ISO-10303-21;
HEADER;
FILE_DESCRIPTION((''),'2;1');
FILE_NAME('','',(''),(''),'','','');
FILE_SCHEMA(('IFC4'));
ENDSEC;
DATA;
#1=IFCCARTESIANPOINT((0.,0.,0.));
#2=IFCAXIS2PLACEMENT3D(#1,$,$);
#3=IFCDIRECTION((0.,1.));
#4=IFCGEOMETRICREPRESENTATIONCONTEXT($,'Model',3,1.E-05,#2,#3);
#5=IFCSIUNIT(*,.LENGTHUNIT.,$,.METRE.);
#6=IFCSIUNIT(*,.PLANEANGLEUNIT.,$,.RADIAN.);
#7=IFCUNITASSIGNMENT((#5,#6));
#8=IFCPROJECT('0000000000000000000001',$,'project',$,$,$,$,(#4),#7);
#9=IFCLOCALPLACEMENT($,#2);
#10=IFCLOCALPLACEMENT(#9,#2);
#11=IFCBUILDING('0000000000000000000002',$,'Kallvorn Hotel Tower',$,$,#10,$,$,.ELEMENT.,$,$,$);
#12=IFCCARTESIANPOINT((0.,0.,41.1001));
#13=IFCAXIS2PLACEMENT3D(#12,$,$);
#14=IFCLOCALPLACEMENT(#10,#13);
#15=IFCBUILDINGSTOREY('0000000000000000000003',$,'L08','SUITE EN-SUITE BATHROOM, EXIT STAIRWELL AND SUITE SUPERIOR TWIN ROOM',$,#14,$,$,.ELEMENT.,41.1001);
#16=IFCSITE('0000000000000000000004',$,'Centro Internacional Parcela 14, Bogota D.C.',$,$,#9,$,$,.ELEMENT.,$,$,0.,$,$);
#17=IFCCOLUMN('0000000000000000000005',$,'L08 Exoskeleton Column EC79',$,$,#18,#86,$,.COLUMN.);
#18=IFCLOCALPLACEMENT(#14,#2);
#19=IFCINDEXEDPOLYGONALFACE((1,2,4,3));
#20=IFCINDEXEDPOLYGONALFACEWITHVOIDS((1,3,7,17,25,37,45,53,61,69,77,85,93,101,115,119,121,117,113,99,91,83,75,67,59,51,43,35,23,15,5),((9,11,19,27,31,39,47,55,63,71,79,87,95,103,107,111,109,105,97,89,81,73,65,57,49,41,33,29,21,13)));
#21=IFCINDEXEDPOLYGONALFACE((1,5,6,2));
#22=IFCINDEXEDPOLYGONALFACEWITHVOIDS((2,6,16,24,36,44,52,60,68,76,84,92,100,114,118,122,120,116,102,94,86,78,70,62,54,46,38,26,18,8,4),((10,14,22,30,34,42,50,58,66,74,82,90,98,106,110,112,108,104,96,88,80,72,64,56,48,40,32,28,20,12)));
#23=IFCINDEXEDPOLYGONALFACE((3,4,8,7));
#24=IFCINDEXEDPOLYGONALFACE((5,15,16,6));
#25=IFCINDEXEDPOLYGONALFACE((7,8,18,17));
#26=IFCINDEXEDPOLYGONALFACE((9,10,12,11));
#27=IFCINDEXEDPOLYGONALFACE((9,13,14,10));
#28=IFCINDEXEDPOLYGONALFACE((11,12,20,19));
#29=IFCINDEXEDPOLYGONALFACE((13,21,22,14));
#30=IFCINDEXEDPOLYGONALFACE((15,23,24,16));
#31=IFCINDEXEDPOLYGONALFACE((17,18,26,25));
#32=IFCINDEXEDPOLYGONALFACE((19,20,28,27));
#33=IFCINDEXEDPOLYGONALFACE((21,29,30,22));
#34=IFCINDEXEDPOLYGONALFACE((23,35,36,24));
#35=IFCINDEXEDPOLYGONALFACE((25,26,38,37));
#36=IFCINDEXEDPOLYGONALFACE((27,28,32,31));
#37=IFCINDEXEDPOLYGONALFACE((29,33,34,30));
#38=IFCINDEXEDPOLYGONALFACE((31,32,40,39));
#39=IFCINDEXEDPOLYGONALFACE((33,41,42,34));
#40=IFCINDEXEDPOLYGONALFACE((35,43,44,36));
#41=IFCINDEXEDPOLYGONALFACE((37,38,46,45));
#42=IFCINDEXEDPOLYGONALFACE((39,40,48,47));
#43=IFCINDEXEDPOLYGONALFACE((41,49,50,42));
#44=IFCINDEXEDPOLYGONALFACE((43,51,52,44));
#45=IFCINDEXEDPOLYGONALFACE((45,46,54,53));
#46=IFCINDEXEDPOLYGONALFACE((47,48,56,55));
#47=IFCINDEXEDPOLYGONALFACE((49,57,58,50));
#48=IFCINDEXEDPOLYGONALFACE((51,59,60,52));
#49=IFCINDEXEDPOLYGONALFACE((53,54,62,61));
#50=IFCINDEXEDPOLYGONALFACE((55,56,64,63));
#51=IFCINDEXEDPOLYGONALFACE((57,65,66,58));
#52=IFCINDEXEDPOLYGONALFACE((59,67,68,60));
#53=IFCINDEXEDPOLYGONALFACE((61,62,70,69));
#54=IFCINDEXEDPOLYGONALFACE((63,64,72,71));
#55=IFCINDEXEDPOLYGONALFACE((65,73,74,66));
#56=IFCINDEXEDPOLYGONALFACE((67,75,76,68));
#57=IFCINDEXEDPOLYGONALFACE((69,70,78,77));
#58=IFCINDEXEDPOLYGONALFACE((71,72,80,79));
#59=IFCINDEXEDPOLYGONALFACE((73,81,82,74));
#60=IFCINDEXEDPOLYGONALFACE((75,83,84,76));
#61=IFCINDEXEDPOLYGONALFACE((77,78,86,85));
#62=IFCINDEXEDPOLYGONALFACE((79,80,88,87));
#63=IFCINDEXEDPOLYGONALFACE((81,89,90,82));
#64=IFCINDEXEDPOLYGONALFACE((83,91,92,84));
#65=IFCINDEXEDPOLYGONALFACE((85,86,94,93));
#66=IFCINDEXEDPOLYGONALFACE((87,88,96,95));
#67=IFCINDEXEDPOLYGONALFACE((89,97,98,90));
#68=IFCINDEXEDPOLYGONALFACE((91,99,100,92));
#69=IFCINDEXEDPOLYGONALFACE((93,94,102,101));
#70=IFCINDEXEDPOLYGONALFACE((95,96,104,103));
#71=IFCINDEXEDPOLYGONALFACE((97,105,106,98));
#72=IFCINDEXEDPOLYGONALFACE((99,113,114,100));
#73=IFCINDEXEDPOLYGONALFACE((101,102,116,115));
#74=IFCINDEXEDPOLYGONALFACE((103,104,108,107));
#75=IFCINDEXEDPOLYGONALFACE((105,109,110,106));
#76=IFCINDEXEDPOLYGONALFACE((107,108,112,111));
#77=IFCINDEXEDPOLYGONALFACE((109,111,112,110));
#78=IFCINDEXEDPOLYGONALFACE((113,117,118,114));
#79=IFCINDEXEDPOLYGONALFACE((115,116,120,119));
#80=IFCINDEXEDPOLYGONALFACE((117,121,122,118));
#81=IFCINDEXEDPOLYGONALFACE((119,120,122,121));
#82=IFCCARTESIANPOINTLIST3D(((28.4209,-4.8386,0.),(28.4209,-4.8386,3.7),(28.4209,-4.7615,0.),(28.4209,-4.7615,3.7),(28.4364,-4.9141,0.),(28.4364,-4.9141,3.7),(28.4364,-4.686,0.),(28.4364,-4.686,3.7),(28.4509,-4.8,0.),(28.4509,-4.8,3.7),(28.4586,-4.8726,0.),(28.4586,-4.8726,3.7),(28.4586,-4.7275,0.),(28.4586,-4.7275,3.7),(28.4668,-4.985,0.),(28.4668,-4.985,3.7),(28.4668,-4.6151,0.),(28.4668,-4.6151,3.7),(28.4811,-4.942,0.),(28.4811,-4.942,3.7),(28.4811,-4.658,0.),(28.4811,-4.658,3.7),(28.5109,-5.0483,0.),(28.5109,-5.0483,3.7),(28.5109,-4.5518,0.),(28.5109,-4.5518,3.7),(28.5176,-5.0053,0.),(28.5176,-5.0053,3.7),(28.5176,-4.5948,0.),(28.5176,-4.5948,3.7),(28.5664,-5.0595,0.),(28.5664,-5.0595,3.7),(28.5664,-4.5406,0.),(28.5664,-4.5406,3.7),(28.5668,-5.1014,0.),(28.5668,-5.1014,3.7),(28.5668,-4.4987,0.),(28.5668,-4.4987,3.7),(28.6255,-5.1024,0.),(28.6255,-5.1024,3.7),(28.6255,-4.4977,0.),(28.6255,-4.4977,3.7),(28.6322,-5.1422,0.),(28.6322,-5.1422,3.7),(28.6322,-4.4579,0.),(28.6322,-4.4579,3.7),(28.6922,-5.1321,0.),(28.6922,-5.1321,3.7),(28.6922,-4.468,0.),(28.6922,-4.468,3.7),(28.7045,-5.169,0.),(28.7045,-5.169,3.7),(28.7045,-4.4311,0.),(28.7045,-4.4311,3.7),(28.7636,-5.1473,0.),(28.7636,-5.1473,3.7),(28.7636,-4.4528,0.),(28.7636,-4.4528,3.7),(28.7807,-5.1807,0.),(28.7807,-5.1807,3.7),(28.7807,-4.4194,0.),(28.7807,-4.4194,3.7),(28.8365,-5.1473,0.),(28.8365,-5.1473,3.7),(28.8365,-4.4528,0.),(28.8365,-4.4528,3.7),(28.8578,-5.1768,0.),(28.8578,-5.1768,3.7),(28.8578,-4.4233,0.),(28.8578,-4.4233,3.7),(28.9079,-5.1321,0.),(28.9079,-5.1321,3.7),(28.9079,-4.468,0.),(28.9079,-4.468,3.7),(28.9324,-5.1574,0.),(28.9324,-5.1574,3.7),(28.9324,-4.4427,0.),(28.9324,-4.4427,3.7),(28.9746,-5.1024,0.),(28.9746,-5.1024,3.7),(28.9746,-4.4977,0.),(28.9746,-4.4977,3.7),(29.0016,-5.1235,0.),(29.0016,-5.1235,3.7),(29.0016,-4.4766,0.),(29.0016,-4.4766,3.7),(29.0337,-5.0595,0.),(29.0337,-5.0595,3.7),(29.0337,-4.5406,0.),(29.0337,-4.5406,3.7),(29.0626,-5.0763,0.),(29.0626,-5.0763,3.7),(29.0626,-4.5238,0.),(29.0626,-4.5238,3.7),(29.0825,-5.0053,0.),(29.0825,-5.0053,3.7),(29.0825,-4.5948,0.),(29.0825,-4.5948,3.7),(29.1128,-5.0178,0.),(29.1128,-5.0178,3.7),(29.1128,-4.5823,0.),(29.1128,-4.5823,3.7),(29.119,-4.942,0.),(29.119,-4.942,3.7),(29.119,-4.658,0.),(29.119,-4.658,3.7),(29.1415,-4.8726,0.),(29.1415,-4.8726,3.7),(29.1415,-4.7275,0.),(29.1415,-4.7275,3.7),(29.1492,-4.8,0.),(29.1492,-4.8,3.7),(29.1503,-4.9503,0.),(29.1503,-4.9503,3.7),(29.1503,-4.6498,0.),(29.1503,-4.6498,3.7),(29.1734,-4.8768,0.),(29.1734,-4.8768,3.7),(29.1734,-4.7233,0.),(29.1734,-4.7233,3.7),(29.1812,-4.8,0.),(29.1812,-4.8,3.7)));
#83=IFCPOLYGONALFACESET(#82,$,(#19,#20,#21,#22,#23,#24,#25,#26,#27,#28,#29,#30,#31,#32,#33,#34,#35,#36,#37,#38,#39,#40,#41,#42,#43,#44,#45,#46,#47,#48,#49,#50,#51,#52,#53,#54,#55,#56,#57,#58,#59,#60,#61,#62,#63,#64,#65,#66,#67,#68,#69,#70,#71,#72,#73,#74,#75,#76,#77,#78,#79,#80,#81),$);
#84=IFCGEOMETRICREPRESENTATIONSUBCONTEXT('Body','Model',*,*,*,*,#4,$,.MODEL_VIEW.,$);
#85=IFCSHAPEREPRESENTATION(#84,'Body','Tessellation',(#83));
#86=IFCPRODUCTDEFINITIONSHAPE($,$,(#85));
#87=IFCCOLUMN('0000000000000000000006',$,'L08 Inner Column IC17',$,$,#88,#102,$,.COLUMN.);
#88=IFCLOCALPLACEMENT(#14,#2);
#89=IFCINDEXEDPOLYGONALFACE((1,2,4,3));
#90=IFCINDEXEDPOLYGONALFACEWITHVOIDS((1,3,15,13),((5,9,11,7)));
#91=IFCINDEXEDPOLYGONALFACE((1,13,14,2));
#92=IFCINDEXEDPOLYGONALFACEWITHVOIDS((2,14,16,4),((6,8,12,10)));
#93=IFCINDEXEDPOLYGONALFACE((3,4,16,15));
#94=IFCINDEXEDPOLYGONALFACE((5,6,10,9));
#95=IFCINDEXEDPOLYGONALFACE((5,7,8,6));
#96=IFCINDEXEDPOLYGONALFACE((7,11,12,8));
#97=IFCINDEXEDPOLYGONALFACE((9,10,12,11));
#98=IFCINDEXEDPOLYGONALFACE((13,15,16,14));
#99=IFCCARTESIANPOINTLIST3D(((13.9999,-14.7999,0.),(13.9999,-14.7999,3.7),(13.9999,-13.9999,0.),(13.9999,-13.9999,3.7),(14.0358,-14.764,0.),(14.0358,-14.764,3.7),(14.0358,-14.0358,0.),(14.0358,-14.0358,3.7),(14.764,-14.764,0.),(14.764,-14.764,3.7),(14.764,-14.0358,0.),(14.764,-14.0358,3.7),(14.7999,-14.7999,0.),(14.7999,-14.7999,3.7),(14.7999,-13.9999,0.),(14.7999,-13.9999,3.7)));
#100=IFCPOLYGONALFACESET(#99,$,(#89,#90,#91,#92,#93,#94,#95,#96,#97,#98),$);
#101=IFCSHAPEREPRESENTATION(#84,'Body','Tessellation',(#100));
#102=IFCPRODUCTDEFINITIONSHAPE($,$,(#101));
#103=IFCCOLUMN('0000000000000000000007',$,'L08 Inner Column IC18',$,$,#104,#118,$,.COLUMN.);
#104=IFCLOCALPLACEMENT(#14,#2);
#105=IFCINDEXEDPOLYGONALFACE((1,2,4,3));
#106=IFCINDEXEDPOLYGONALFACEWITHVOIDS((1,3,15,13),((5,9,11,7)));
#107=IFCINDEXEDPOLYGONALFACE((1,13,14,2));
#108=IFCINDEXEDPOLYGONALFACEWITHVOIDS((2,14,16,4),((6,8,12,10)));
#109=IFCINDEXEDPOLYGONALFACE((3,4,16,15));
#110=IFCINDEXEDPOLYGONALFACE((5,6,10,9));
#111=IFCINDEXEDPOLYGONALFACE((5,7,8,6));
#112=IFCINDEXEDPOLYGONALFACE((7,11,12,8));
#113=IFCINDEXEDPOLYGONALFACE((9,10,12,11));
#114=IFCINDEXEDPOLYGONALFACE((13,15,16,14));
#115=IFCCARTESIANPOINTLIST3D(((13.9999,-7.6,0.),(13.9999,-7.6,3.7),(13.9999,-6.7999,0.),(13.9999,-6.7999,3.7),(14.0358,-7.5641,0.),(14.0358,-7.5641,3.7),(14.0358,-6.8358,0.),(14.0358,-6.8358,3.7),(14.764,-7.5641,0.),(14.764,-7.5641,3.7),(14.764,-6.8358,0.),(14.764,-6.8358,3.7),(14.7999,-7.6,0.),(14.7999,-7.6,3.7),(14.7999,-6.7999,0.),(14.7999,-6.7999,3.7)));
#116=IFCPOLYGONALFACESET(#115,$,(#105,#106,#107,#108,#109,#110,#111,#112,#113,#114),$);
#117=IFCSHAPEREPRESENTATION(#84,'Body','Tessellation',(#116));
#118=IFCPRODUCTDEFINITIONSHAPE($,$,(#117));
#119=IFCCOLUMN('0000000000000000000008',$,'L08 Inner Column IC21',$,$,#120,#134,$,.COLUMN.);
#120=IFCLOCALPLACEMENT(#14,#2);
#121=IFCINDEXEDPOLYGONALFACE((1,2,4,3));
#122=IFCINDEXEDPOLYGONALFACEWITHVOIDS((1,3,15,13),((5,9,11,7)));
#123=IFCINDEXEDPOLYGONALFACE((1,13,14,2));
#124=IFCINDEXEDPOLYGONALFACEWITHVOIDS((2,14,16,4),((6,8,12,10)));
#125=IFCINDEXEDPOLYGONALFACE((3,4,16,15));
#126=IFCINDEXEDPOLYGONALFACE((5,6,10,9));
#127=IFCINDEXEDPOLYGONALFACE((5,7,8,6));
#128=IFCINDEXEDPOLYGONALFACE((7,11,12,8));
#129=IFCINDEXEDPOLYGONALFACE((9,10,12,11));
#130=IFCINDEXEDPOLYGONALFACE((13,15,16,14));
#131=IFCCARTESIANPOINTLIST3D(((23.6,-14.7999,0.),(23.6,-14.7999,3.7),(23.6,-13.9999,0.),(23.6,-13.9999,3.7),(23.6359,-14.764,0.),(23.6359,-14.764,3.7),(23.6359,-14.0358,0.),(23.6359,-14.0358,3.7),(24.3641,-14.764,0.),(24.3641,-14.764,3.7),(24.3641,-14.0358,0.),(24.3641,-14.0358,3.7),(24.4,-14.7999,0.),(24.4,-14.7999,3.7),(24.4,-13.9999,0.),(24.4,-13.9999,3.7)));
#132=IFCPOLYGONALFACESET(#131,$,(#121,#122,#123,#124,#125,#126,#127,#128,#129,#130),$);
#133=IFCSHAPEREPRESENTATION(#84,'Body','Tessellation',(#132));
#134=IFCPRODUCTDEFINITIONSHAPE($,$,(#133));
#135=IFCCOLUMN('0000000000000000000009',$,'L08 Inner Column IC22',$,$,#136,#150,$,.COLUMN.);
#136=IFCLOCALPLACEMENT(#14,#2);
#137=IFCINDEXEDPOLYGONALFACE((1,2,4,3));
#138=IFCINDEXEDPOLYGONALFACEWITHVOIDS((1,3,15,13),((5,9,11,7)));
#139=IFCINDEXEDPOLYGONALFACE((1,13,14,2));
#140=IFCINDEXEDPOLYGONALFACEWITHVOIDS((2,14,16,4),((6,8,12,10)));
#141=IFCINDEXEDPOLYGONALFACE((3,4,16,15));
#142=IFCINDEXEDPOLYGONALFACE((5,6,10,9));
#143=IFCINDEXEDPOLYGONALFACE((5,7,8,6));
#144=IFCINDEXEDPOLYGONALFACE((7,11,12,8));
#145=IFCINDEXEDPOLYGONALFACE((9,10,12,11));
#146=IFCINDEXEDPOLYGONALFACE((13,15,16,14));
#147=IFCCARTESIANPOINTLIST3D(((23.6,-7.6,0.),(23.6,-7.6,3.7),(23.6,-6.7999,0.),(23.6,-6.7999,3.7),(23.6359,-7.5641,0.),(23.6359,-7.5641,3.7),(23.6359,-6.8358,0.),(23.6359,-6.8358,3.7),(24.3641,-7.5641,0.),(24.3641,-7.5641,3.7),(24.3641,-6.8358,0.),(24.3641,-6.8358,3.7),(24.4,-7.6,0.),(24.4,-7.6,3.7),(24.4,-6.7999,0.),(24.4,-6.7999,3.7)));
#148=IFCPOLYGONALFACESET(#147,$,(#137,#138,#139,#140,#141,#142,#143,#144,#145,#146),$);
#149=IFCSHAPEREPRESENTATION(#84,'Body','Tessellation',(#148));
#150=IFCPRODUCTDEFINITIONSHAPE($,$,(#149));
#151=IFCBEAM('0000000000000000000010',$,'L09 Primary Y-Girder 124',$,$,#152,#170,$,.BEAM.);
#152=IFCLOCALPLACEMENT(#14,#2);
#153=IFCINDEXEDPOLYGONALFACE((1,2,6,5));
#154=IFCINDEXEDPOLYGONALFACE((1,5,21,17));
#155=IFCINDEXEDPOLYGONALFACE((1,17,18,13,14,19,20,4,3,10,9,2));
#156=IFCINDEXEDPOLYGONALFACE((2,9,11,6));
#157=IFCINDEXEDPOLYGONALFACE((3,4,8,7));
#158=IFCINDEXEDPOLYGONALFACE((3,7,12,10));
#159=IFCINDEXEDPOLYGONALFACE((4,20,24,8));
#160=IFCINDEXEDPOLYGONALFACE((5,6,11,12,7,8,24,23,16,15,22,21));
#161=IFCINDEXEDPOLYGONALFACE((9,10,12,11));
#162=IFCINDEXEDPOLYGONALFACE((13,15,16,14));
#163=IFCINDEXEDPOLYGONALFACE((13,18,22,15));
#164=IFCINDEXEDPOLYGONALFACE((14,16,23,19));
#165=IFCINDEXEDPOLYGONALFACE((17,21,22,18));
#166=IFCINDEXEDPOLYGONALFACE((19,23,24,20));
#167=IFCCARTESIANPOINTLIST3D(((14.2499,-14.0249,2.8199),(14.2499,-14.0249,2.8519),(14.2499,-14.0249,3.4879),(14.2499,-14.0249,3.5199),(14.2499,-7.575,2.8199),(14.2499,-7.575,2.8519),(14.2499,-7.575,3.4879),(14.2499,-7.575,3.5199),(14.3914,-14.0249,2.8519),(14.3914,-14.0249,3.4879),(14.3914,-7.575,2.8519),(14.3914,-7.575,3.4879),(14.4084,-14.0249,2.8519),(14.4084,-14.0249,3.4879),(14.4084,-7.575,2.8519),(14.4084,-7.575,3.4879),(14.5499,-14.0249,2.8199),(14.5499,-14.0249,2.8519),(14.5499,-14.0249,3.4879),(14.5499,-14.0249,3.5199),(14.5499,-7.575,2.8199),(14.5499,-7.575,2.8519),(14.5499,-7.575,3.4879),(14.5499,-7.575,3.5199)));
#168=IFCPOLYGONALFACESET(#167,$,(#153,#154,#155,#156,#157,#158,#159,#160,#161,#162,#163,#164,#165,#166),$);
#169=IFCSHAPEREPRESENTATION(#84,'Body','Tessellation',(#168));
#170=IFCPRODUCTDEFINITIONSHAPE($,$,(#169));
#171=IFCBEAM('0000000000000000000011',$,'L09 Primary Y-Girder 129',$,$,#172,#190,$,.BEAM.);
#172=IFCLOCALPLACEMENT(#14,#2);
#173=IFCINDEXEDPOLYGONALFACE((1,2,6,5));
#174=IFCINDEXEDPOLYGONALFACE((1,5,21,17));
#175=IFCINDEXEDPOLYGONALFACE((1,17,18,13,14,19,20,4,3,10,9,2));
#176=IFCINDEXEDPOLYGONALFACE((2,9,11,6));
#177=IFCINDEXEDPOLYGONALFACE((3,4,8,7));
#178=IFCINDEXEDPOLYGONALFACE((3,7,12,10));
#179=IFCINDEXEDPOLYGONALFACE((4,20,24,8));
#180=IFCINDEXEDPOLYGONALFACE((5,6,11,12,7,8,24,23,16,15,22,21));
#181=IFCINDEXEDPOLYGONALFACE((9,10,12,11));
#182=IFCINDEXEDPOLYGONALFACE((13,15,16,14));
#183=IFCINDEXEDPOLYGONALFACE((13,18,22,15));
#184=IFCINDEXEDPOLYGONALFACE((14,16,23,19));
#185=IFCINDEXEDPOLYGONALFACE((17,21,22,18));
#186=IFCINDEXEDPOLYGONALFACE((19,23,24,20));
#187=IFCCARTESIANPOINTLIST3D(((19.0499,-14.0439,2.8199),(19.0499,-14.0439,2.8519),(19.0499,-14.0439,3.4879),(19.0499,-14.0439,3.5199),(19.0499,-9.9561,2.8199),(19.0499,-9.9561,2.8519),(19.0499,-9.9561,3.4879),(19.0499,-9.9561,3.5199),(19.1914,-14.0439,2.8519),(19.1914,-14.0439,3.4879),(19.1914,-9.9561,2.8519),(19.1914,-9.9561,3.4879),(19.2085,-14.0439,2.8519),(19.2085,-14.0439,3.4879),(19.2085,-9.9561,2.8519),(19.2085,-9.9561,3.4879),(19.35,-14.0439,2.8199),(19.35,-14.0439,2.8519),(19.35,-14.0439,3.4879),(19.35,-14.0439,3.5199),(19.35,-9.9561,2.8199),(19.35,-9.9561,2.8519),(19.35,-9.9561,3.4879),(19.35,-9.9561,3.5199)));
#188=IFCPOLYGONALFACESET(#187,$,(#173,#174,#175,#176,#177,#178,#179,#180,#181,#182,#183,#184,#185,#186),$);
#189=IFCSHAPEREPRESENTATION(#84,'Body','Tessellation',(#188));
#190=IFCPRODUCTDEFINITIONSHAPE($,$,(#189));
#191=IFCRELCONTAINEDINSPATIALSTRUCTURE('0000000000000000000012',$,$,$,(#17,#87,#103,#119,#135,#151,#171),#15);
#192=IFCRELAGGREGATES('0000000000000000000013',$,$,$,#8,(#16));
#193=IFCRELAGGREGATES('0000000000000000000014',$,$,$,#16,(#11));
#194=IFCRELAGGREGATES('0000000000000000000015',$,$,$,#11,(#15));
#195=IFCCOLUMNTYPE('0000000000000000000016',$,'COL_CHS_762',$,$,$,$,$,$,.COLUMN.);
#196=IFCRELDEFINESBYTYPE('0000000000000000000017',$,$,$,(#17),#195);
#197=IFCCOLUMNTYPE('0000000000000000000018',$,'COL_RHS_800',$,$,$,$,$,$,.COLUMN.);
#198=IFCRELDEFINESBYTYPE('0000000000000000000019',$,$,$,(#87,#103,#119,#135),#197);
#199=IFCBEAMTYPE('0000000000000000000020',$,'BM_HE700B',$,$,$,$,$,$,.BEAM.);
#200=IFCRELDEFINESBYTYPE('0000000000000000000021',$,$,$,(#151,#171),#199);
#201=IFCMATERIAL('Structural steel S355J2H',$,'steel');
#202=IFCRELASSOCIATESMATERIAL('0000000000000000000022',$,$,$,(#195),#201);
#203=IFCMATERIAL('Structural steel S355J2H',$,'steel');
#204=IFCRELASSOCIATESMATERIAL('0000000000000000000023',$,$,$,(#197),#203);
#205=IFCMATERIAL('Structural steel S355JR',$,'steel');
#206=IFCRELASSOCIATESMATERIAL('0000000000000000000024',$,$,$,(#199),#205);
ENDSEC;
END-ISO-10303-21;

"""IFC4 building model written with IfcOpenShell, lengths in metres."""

from ifc_helpers import new_model, si_unit, direction, frame, origin, origin_2d, place, context, subcontext, project, spatial, hollow_rectangle, hollow_circle, i_section, extrude, material, material_profile, profile_set, type_object, element, save


model = new_model("IFC4")

# Units and contexts
model_context = context("Model", 3, precision=1e-05, world=origin(), true_north=direction((0.0, 1.0)))
body_context = subcontext(model_context, "Body", "Model", "MODEL_VIEW")
ifc_project = project(units=[si_unit("LENGTHUNIT", "METRE"), si_unit("PLANEANGLEUNIT", "RADIAN")], contexts=[model_context])

# Site, building, storey
site_placement = place(None, origin())
site = spatial("IfcSite", under=ifc_project, at=site_placement, Name="Centro Internacional Parcela 14, Bogota D.C.", CompositionType="ELEMENT", RefElevation=0.0)
building_placement = place(site_placement, origin())
building = spatial("IfcBuilding", under=site, at=building_placement, Name="Kallvorn Hotel Tower", CompositionType="ELEMENT")
storey_placement = place(building_placement, frame((0.0, 0.0, 41.1001)))
storey = spatial("IfcBuildingStorey", under=building, at=storey_placement, Name="L08", Description="SUITE EN-SUITE BATHROOM, EXIT STAIRWELL AND SUITE SUPERIOR TWIN ROOM", CompositionType="ELEMENT", Elevation=41.1001)

# Columns
ifc_material_1 = material(Name="Structural steel S355J2H", Category="steel")
ifc_material_profile_1 = material_profile(ifc_material_1, hollow_circle(Radius=0.3811, WallThickness=0.032, at=origin_2d()), Name="CHS 762x32")
ifc_profile_set_1 = profile_set([ifc_material_profile_1], Name="Structural steel S355J2H")
column_type_1 = type_object("IfcColumnType", Name="COL_CHS_762", PredefinedType="COLUMN", material=ifc_profile_set_1)
for number, where, z_axis, x_axis, name in (
    (1, (28.8, -4.8, 0.0), (0.0, 0.0, 1.0), (1.0, 0.0, 0.0), "L08 Exoskeleton Column EC79"),
):
    element("IfcColumn", number, at=place(storey_placement, frame(where, z_axis=z_axis, x_axis=x_axis)), inside=storey, type_object=column_type_1, Name=name, PredefinedType="COLUMN", context=body_context, shape_type="SweptSolid", body=[
        extrude(hollow_circle(Radius=0.3811, WallThickness=0.032, at=origin_2d()), origin(), (0.0, 0.0, 1.0), 3.7),
    ])
ifc_material_2 = material(Name="Structural steel S355J2H", Category="steel")
ifc_material_profile_2 = material_profile(ifc_material_2, hollow_rectangle(XDim=0.8, YDim=0.8, WallThickness=0.0359, at=origin_2d()), Name="RHS 800x800x36")
ifc_profile_set_2 = profile_set([ifc_material_profile_2], Name="Structural steel S355J2H")
column_type_2 = type_object("IfcColumnType", Name="COL_RHS_800", PredefinedType="COLUMN", material=ifc_profile_set_2)
for number, where, z_axis, x_axis, name in (
    (2, (14.3999, -14.3999, 0.0), (0.0, 0.0, 1.0), (1.0, 0.0, 0.0), "L08 Inner Column IC17"),
    (3, (14.3999, -7.2, 0.0), (0.0, 0.0, 1.0), (1.0, 0.0, 0.0), "L08 Inner Column IC18"),
    (4, (24.0, -14.3999, 0.0), (0.0, 0.0, 1.0), (1.0, 0.0, 0.0), "L08 Inner Column IC21"),
    (5, (24.0, -7.2, 0.0), (0.0, 0.0, 1.0), (1.0, 0.0, 0.0), "L08 Inner Column IC22"),
):
    element("IfcColumn", number, at=place(storey_placement, frame(where, z_axis=z_axis, x_axis=x_axis)), inside=storey, type_object=column_type_2, Name=name, PredefinedType="COLUMN", context=body_context, shape_type="SweptSolid", body=[
        extrude(hollow_rectangle(XDim=0.8, YDim=0.8, WallThickness=0.0359, at=origin_2d()), origin(), (0.0, 0.0, 1.0), 3.7),
    ])

# Beams
ifc_material_3 = material(Name="Structural steel S355JR", Category="steel")
ifc_material_profile_3 = material_profile(ifc_material_3, i_section(OverallWidth=0.3, OverallDepth=0.7, WebThickness=0.0171, FlangeThickness=0.032, at=origin_2d()), Name="HE 700 B")
ifc_profile_set_3 = profile_set([ifc_material_profile_3], Name="Structural steel S355JR")
beam_type_1 = type_object("IfcBeamType", Name="BM_HE700B", PredefinedType="BEAM", material=ifc_profile_set_3)
beam_1_placement = place(storey_placement, frame((14.3999, -14.0249, 3.1699), z_axis=(0.0, 1.0, 0.0), x_axis=(-1.0, 0.0, 0.0)))
element("IfcBeam", 6, at=beam_1_placement, inside=storey, type_object=beam_type_1, Name="L09 Primary Y-Girder 124", PredefinedType="BEAM", context=body_context, shape_type="SweptSolid", body=[
    extrude(i_section(OverallWidth=0.3, OverallDepth=0.7, WebThickness=0.0171, FlangeThickness=0.032, at=origin_2d()), origin(), (0.0, 0.0, 1.0), 6.45),
])
beam_2_placement = place(storey_placement, frame((19.2, -14.0439, 3.1699), z_axis=(0.0, 1.0, 0.0), x_axis=(-1.0, 0.0, 0.0)))
element("IfcBeam", 7, at=beam_2_placement, inside=storey, type_object=beam_type_1, Name="L09 Primary Y-Girder 129", PredefinedType="BEAM", context=body_context, shape_type="SweptSolid", body=[
    extrude(i_section(OverallWidth=0.3, OverallDepth=0.7, WebThickness=0.0171, FlangeThickness=0.032, at=origin_2d()), origin(), (0.0, 0.0, 1.0), 4.0879),
])

save(model, "model.ifc")
